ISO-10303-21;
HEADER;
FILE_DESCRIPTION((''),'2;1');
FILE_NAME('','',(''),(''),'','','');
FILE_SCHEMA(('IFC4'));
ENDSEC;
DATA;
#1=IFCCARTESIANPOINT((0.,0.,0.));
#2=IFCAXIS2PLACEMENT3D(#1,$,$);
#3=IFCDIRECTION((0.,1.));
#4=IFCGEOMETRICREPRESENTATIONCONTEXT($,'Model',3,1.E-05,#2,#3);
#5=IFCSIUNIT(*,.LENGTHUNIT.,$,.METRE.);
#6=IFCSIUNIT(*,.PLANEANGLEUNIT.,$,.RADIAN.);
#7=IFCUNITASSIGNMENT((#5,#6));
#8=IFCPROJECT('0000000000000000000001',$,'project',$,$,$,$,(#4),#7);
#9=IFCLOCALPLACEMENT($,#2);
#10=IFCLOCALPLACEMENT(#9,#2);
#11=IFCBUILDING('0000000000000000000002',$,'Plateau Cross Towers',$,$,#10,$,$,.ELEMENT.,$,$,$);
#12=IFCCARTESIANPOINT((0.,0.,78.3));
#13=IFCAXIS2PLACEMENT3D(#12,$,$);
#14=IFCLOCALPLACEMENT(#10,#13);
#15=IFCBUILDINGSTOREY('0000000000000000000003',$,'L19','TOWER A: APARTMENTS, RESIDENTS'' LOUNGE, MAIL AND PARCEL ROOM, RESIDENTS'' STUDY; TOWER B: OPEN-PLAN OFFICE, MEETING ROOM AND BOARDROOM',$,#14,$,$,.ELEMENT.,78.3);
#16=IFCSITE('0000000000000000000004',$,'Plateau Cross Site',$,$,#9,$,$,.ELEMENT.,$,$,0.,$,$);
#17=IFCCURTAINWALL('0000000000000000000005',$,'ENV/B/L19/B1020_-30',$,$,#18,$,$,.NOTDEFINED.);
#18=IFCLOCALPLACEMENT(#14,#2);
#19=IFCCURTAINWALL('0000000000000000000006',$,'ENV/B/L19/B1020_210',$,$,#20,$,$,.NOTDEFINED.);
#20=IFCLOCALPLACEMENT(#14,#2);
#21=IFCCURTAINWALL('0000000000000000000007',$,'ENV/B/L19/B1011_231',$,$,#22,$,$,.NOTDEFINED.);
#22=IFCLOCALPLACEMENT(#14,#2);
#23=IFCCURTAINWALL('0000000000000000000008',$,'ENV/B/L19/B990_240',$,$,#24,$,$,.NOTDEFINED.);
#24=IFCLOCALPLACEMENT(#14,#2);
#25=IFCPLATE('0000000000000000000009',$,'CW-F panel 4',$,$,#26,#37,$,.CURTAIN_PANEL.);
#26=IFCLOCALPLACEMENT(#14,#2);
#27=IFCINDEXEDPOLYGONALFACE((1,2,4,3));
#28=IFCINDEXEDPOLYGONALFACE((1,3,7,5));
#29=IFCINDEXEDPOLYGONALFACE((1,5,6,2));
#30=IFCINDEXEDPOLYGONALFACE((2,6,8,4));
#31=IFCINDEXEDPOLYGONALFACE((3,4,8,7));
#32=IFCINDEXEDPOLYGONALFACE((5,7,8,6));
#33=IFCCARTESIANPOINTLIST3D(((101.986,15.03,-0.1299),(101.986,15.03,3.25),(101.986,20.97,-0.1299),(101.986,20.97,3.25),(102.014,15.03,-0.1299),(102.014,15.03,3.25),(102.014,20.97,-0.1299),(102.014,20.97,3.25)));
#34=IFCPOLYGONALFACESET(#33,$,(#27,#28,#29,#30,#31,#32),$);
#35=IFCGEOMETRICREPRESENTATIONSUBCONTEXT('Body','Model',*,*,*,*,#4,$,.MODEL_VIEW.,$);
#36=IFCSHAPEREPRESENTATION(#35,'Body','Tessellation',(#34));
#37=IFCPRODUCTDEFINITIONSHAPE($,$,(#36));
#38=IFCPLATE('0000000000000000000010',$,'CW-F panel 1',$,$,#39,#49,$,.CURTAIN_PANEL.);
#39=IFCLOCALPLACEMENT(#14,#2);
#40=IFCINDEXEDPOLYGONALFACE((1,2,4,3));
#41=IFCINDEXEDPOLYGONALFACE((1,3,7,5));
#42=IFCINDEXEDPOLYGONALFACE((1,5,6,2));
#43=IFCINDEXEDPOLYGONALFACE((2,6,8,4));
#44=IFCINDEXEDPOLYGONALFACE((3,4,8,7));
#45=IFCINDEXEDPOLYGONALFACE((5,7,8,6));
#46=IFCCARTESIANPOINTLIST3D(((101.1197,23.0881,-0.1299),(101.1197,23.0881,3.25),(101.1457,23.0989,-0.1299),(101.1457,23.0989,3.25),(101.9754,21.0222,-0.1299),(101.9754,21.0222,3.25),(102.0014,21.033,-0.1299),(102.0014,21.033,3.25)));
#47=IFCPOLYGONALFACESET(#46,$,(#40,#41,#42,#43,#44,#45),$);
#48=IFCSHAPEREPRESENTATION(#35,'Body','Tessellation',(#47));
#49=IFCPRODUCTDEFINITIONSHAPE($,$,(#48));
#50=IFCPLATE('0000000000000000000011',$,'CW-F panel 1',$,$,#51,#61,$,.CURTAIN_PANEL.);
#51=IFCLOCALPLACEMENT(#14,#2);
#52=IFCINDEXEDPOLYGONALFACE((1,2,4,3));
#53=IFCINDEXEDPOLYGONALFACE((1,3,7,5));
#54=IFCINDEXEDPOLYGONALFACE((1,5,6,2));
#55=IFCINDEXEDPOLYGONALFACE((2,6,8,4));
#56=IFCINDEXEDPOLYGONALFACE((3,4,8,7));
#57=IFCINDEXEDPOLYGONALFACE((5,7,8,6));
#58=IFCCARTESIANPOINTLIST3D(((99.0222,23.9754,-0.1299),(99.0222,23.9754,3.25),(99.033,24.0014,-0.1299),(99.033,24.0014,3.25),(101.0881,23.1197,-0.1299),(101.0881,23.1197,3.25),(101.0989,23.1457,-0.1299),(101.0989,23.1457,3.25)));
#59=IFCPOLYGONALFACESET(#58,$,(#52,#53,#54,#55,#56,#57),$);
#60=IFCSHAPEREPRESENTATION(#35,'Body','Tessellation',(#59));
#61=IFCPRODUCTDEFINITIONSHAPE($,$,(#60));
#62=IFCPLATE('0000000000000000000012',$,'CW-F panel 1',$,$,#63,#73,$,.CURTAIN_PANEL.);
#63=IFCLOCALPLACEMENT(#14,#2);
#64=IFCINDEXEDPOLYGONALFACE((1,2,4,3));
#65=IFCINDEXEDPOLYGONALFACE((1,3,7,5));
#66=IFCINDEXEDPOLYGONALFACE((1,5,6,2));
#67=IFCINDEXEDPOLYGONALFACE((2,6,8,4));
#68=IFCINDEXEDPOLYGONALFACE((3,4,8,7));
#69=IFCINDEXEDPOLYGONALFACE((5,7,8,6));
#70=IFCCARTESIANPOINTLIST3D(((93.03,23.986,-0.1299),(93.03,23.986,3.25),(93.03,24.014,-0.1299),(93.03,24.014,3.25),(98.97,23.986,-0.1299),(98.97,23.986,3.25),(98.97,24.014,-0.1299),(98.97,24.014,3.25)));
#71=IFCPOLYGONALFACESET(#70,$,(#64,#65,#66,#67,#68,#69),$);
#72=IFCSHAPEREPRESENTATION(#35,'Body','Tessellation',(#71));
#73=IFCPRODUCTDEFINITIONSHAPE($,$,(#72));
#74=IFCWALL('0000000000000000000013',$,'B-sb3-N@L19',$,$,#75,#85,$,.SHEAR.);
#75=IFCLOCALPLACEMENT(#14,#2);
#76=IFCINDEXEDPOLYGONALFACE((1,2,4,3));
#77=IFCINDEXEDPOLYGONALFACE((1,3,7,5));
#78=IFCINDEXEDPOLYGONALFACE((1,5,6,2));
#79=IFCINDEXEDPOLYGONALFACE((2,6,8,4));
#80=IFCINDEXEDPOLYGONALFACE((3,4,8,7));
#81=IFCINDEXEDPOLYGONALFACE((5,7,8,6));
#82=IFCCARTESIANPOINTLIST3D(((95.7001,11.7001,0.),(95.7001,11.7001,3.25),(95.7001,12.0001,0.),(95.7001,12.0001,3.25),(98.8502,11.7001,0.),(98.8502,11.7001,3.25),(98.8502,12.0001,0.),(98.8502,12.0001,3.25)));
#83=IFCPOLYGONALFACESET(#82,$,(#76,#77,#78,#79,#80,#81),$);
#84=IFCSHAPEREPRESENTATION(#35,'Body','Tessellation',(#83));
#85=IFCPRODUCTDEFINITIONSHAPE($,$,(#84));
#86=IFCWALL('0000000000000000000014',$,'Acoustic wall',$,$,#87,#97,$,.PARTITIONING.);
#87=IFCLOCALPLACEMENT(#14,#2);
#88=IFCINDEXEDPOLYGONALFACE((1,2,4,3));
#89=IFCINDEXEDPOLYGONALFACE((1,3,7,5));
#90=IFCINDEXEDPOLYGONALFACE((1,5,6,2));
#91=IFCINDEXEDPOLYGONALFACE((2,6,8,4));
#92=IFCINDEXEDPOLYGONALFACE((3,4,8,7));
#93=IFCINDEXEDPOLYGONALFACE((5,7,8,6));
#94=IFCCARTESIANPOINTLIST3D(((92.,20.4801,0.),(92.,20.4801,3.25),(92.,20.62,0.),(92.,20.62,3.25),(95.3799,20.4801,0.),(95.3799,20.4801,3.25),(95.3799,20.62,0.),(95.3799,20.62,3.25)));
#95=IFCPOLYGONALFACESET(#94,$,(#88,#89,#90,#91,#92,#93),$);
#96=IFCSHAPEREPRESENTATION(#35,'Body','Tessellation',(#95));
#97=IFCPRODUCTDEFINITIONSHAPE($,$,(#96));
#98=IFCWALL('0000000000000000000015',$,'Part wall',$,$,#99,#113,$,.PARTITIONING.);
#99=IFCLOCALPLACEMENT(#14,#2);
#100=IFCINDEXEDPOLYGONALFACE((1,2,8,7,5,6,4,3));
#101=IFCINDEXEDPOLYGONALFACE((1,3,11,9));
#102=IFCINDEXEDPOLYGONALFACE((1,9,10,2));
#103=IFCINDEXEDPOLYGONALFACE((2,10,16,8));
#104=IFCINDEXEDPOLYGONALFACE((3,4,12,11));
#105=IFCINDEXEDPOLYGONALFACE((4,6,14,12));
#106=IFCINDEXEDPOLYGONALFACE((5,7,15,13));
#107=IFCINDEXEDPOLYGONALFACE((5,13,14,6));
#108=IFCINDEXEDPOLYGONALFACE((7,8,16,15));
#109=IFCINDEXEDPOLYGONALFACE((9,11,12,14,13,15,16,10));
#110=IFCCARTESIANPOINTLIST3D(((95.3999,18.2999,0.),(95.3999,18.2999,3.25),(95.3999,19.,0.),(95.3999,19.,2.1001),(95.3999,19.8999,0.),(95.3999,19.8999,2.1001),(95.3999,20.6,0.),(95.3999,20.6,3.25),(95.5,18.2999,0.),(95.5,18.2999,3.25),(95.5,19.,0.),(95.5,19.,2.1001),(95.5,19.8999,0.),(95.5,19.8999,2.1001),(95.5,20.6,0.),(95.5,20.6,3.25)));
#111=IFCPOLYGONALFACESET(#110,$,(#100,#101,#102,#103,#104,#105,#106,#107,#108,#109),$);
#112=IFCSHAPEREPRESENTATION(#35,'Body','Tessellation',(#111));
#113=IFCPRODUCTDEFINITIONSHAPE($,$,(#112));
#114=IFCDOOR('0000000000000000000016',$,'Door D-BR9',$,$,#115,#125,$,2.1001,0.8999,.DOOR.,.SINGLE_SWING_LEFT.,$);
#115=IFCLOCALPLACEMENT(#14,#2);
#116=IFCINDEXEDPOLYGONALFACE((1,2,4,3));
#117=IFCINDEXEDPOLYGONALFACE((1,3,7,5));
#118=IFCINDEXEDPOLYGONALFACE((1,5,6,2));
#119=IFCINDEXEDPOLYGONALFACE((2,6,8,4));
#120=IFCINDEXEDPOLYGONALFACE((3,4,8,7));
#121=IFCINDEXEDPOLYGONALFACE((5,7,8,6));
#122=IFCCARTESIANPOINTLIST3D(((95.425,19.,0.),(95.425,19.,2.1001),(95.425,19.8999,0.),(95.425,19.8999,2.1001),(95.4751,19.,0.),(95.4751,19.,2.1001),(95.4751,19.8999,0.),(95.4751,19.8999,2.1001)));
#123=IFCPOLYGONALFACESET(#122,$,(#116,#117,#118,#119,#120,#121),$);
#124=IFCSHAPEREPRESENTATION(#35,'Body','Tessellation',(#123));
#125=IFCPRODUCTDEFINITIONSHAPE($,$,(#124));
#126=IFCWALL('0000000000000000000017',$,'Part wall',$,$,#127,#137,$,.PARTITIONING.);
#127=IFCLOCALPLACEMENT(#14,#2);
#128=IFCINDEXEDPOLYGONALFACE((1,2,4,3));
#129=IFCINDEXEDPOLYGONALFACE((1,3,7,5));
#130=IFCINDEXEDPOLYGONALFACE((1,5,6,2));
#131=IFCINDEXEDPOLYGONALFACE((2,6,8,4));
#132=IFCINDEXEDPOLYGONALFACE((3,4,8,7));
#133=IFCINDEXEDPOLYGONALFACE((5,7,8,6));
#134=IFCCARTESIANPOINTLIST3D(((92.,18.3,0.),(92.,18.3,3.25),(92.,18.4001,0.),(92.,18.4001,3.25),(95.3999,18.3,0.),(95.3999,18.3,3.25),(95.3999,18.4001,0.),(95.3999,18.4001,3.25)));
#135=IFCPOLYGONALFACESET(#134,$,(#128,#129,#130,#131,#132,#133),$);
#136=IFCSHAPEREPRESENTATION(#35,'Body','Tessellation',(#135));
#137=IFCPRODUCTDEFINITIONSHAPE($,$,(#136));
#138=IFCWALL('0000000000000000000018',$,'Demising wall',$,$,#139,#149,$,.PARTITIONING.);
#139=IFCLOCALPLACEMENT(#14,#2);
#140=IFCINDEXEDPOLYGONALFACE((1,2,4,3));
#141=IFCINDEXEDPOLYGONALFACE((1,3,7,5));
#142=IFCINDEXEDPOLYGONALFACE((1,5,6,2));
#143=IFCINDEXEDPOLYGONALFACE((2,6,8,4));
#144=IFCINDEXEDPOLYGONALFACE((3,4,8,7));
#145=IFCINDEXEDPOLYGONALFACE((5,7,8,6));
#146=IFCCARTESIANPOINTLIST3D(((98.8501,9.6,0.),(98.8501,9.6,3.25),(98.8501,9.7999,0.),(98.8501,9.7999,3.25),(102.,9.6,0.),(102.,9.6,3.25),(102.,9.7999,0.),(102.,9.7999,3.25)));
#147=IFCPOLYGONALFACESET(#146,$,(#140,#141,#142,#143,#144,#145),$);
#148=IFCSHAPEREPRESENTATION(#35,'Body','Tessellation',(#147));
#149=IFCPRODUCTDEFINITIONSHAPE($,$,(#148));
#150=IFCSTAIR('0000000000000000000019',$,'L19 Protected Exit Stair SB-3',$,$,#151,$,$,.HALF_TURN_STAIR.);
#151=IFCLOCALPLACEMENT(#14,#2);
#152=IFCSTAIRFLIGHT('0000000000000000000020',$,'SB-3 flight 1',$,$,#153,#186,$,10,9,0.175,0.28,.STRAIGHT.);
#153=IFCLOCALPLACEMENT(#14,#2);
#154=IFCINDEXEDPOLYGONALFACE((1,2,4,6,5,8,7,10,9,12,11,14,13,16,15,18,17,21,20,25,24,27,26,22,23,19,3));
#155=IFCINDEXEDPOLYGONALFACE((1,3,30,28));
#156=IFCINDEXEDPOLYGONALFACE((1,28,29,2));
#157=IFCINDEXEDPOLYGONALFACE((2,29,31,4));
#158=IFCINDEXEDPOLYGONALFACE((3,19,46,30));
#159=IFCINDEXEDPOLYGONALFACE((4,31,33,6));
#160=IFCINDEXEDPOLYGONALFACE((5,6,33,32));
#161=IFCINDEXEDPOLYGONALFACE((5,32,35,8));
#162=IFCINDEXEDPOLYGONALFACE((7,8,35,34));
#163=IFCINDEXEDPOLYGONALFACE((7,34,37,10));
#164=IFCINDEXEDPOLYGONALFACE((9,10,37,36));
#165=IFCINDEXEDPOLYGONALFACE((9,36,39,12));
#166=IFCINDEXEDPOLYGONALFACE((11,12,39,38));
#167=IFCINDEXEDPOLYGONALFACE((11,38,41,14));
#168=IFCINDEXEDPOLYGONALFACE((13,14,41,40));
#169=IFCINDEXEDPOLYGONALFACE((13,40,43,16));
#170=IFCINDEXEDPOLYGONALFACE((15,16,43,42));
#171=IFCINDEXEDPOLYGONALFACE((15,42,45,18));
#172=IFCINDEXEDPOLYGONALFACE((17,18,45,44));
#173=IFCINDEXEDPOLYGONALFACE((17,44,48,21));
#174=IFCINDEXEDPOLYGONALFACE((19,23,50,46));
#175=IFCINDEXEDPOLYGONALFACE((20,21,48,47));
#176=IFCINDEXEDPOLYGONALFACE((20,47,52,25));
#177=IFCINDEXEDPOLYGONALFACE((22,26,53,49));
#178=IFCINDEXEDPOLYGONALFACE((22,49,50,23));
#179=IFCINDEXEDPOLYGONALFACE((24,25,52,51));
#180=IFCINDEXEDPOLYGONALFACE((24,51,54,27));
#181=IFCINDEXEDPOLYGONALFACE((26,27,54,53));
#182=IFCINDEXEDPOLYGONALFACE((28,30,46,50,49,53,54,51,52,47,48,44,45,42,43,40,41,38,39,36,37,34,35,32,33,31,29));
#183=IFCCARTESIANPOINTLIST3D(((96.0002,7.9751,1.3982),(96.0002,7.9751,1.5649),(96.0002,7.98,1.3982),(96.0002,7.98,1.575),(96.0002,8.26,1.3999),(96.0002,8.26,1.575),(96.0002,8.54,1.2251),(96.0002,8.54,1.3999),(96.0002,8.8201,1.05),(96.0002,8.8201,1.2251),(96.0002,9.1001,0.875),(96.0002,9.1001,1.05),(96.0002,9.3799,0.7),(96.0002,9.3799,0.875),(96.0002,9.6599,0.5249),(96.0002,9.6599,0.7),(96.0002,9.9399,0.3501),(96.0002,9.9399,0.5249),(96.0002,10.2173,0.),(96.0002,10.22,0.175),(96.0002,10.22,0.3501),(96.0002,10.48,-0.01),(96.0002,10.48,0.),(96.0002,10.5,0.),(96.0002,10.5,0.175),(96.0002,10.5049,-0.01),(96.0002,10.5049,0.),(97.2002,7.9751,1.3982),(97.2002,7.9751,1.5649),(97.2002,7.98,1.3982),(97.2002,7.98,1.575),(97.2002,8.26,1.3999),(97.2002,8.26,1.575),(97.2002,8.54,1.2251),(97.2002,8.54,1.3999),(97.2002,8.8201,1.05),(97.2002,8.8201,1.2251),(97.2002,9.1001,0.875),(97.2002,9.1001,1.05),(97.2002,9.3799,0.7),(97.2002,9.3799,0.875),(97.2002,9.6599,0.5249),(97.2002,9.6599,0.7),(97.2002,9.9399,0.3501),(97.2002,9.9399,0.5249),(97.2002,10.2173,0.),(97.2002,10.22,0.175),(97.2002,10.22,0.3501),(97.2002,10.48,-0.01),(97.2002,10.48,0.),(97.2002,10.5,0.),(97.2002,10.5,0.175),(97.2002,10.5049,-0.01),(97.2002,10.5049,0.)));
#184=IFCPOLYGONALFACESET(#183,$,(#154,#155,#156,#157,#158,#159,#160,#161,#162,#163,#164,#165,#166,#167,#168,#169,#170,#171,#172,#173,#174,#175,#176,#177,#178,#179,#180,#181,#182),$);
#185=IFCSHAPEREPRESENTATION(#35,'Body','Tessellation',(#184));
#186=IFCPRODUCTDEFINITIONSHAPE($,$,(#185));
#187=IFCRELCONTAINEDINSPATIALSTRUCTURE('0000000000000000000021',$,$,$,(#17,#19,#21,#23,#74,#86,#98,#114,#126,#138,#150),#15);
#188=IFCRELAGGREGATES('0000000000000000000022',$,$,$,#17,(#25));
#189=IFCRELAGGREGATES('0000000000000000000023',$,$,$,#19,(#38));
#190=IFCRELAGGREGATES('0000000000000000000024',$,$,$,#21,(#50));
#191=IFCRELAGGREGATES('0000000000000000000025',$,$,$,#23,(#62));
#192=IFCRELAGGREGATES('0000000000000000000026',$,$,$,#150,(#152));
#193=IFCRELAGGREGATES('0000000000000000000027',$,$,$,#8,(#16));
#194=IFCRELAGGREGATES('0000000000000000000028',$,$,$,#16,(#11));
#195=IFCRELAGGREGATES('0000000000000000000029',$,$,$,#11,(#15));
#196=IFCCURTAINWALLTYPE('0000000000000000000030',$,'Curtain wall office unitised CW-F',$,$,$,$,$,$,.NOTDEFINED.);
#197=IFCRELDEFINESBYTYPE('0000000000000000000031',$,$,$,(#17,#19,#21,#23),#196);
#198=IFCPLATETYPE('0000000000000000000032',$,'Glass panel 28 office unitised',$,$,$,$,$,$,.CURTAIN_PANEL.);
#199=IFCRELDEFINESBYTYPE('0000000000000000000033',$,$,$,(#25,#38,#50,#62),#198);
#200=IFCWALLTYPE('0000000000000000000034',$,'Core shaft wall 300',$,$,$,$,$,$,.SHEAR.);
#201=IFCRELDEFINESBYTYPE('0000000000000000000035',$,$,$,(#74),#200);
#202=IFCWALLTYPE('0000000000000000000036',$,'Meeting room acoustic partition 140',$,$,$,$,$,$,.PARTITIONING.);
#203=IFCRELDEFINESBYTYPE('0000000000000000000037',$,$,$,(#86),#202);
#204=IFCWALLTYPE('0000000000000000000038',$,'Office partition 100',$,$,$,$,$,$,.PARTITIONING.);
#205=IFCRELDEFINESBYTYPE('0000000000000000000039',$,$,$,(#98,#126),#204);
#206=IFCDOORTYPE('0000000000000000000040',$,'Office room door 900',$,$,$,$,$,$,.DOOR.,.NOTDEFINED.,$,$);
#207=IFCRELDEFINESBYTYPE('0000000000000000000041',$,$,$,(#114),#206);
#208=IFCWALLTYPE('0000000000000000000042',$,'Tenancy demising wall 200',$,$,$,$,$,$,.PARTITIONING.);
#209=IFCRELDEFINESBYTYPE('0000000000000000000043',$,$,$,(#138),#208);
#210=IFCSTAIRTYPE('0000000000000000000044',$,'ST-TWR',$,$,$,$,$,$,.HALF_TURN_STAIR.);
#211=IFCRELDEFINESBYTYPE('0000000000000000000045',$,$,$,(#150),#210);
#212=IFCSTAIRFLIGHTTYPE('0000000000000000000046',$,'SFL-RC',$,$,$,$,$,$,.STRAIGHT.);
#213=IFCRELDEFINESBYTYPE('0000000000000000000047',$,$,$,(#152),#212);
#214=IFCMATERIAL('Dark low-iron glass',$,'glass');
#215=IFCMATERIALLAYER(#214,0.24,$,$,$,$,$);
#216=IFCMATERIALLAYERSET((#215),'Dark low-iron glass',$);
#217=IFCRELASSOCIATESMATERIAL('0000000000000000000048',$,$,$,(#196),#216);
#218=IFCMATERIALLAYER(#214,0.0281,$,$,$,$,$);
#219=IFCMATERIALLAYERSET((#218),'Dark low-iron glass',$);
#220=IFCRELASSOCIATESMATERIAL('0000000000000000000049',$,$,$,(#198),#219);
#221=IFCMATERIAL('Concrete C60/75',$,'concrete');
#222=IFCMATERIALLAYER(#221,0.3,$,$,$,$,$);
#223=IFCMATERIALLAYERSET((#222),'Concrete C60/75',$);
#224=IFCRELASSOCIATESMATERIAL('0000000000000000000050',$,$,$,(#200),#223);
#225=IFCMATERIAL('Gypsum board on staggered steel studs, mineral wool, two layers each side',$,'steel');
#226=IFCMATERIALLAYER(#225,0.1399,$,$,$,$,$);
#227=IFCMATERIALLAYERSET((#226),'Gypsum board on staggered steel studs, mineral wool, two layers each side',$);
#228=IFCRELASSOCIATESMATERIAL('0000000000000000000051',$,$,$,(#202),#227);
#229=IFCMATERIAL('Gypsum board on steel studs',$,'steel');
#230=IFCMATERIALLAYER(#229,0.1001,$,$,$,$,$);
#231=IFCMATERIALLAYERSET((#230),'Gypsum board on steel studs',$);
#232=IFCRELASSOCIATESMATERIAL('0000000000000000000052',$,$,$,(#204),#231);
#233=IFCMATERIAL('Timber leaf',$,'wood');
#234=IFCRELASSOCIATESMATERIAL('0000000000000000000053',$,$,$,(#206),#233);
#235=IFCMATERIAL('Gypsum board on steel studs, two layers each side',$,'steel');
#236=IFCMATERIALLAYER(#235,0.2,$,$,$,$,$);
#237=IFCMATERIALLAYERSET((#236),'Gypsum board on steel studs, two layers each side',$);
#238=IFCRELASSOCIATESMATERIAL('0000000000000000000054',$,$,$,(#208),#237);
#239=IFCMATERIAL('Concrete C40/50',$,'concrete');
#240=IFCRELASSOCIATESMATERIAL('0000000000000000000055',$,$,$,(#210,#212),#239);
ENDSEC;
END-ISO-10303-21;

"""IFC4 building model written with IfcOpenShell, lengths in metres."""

from ifc_helpers import new_model, si_unit, direction, frame, frame_2d, origin, origin_2d, place, context, subcontext, project, spatial, polyline, rectangle, outline, extrude, material, layer, layer_set, type_object, element, fill, aggregate, save


model = new_model("IFC4")

# Units and contexts
model_context = context("Model", 3, precision=1e-05, world=origin(), true_north=direction((0.0, 1.0)))
body_context = subcontext(model_context, "Body", "Model", "MODEL_VIEW")
ifc_project = project(units=[si_unit("LENGTHUNIT", "METRE"), si_unit("PLANEANGLEUNIT", "RADIAN")], contexts=[model_context])

# Site, building, storey
site_placement = place(None, origin())
site = spatial("IfcSite", under=ifc_project, at=site_placement, Name="Plateau Cross Site", CompositionType="ELEMENT", RefElevation=0.0)
building_placement = place(site_placement, origin())
building = spatial("IfcBuilding", under=site, at=building_placement, Name="Plateau Cross Towers", CompositionType="ELEMENT")
storey_placement = place(building_placement, frame((0.0, 0.0, 78.3)))
storey = spatial("IfcBuildingStorey", under=building, at=storey_placement, Name="L19", Description="TOWER A: APARTMENTS, RESIDENTS' LOUNGE, MAIL AND PARCEL ROOM, RESIDENTS' STUDY; TOWER B: OPEN-PLAN OFFICE, MEETING ROOM AND BOARDROOM", CompositionType="ELEMENT", Elevation=78.3)

# Shared definitions
ifc_material_1 = material(Name="Concrete C60/75", Category="concrete")

# Curtain wall
ifc_material_2 = material(Name="Dark low-iron glass", Category="glass")
ifc_layer_1 = layer(ifc_material_2, 0.24)
ifc_layer_set_1 = layer_set([ifc_layer_1], Name="Dark low-iron glass")
curtain_wall_type = type_object("IfcCurtainWallType", Name="Curtain wall office unitised CW-F", PredefinedType="NOTDEFINED", material=ifc_layer_set_1)
curtain_wall_1_placement = place(storey_placement, origin())
curtain_wall_1 = element("IfcCurtainWall", 1, at=curtain_wall_1_placement, inside=storey, type_object=curtain_wall_type, Name="ENV/B/L19/B1020_-30", PredefinedType="NOTDEFINED")

# Curtain walls
curtain_wall_2_placement = place(storey_placement, origin())
curtain_wall_2 = element("IfcCurtainWall", 2, at=curtain_wall_2_placement, inside=storey, type_object=curtain_wall_type, Name="ENV/B/L19/B1020_210", PredefinedType="NOTDEFINED")
curtain_wall_3_placement = place(storey_placement, origin())
curtain_wall_3 = element("IfcCurtainWall", 3, at=curtain_wall_3_placement, inside=storey, type_object=curtain_wall_type, Name="ENV/B/L19/B1011_231", PredefinedType="NOTDEFINED")

# Curtain wall
curtain_wall_4_placement = place(storey_placement, origin())
curtain_wall_4 = element("IfcCurtainWall", 4, at=curtain_wall_4_placement, inside=storey, type_object=curtain_wall_type, Name="ENV/B/L19/B990_240", PredefinedType="NOTDEFINED")

# Plates
ifc_layer_2 = layer(ifc_material_2, 0.0281)
ifc_layer_set_2 = layer_set([ifc_layer_2], Name="Dark low-iron glass")
plate_type = type_object("IfcPlateType", Name="Glass panel 28 office unitised", PredefinedType="CURTAIN_PANEL", material=ifc_layer_set_2)
plate_1_placement = place(storey_placement, frame((102.0, 18.0, -0.1299), z_axis=(0.0, 0.0, 1.0), x_axis=(0.0, 1.0, 0.0)))
plate_1 = element("IfcPlate", 5, at=plate_1_placement, type_object=plate_type, Name="CW-F panel 4", PredefinedType="CURTAIN_PANEL", context=body_context, shape_type="SweptSolid", body=[
    extrude(rectangle(XDim=5.9399, YDim=0.0281, at=origin_2d()), origin(), (0.0, 0.0, 1.0), 3.3799),
])
aggregate(curtain_wall_1, [plate_1])
plate_2_placement = place(storey_placement, frame((101.5605, 22.0605, -0.1299), z_axis=(0.0, 0.0, 1.0), x_axis=(-0.382684, 0.923879, 0.0)))
plate_2 = element("IfcPlate", 6, at=plate_2_placement, type_object=plate_type, Name="CW-F panel 1", PredefinedType="CURTAIN_PANEL", context=body_context, shape_type="SweptSolid", body=[
    extrude(rectangle(XDim=2.2361, YDim=0.0281, at=origin_2d()), origin(), (0.0, 0.0, 1.0), 3.3799),
])
aggregate(curtain_wall_2, [plate_2])
plate_3_placement = place(storey_placement, frame((100.0605, 23.5605, -0.1299), z_axis=(0.0, 0.0, 1.0), x_axis=(-0.923879, 0.382684, 0.0)))
plate_3 = element("IfcPlate", 7, at=plate_3_placement, type_object=plate_type, Name="CW-F panel 1", PredefinedType="CURTAIN_PANEL", context=body_context, shape_type="SweptSolid", body=[
    extrude(rectangle(XDim=2.2361, YDim=0.0281, at=origin_2d()), origin(), (0.0, 0.0, 1.0), 3.3799),
])
aggregate(curtain_wall_3, [plate_3])
plate_4_placement = place(storey_placement, frame((96.0, 24.0, -0.1299), z_axis=(0.0, 0.0, 1.0), x_axis=(-1.0, 0.0, 0.0)))
plate_4 = element("IfcPlate", 8, at=plate_4_placement, type_object=plate_type, Name="CW-F panel 1", PredefinedType="CURTAIN_PANEL", context=body_context, shape_type="SweptSolid", body=[
    extrude(rectangle(XDim=5.9399, YDim=0.0281, at=origin_2d()), origin(), (0.0, 0.0, 1.0), 3.3799),
])
aggregate(curtain_wall_4, [plate_4])

# Wall
ifc_layer_3 = layer(ifc_material_1, 0.3)
ifc_layer_set_3 = layer_set([ifc_layer_3], Name="Concrete C60/75")
wall_type_1 = type_object("IfcWallType", Name="Core shaft wall 300", PredefinedType="SHEAR", material=ifc_layer_set_3)
wall_1_placement = place(storey_placement, frame((95.7, 11.8501, 0.0), z_axis=(0.0, 0.0, 1.0), x_axis=(1.0, 0.0, 0.0)))
element("IfcWall", 9, at=wall_1_placement, inside=storey, type_object=wall_type_1, Name="B-sb3-N@L19", PredefinedType="SHEAR", context=body_context, shape_type="SweptSolid", body=[
    extrude(rectangle(XDim=3.1501, YDim=0.3, at=frame_2d((1.5752, 0.0))), origin(), (0.0, 0.0, 1.0), 3.25),
])

# Shared definitions
ifc_material_3 = material(Name="Gypsum board on staggered steel studs, mineral wool, two layers each side", Category="steel")
ifc_layer_4 = layer(ifc_material_3, 0.1399)
ifc_layer_set_4 = layer_set([ifc_layer_4], Name="Gypsum board on staggered steel studs, mineral wool, two layers each side")
wall_type_2 = type_object("IfcWallType", Name="Meeting room acoustic partition 140", PredefinedType="PARTITIONING", material=ifc_layer_set_4)

# Wall
wall_2_placement = place(storey_placement, frame((92.0, 20.55, 0.0), z_axis=(0.0, 0.0, 1.0), x_axis=(1.0, 0.0, 0.0)))
element("IfcWall", 10, at=wall_2_placement, inside=storey, type_object=wall_type_2, Name="Acoustic wall", PredefinedType="PARTITIONING", context=body_context, shape_type="SweptSolid", body=[
    extrude(rectangle(XDim=3.3799, YDim=0.1399, at=frame_2d((1.6899, 0.0))), origin(), (0.0, 0.0, 1.0), 3.25),
])

# Wall, opening, door
ifc_material_4 = material(Name="Gypsum board on steel studs", Category="steel")
ifc_layer_5 = layer(ifc_material_4, 0.1001)
ifc_layer_set_5 = layer_set([ifc_layer_5], Name="Gypsum board on steel studs")
wall_type_3 = type_object("IfcWallType", Name="Office partition 100", PredefinedType="PARTITIONING", material=ifc_layer_set_5)
wall_3_placement = place(storey_placement, frame((95.45, 18.3, 0.0), z_axis=(0.0, 0.0, 1.0), x_axis=(0.0, 1.0, 0.0)))
wall_3 = element("IfcWall", 11, at=wall_3_placement, inside=storey, type_object=wall_type_3, Name="Part wall", PredefinedType="PARTITIONING", context=body_context, shape_type="SweptSolid", body=[
    extrude(rectangle(XDim=2.3, YDim=0.1001, at=frame_2d((1.1499, 0.0))), origin(), (0.0, 0.0, 1.0), 3.25),
])
opening_1_placement = place(wall_3_placement, frame((0.7, 0.0, 0.0)))
opening_1 = element("IfcOpeningElement", 12, at=opening_1_placement, cuts=wall_3, PredefinedType="OPENING", context=body_context, shape_type="SweptSolid", body=[
    extrude(rectangle(XDim=0.8999, YDim=2.1001, at=frame_2d((0.45, 1.05))), frame((0.0, 0.0601, 0.0), z_axis=(0.0, -1.0, 0.0), x_axis=(1.0, 0.0, 0.0)), (0.0, 0.0, 1.0), 0.1201),
])
ifc_material_5 = material(Name="Timber leaf", Category="wood")
door_type_1 = type_object("IfcDoorType", Name="Office room door 900", OperationType="NOTDEFINED", PredefinedType="DOOR", material=ifc_material_5)
door_1_placement = place(opening_1_placement, origin())
door_1 = element("IfcDoor", 13, at=door_1_placement, inside=storey, type_object=door_type_1, Name="Door D-BR9", OperationType="SINGLE_SWING_LEFT", OverallHeight=2.1001, OverallWidth=0.8999, PredefinedType="DOOR", context=body_context, shape_type="SweptSolid", body=[
    extrude(rectangle(XDim=0.8999, YDim=2.1001, at=frame_2d((0.45, 1.05))), frame((0.0, 0.0249, 0.0), z_axis=(0.0, -1.0, 0.0), x_axis=(1.0, 0.0, 0.0)), (0.0, 0.0, 1.0), 0.05),
])
fill(opening_1, door_1)

# Walls
wall_4_placement = place(storey_placement, frame((92.0, 18.3501, 0.0), z_axis=(0.0, 0.0, 1.0), x_axis=(1.0, 0.0, 0.0)))
element("IfcWall", 14, at=wall_4_placement, inside=storey, type_object=wall_type_3, Name="Part wall", PredefinedType="PARTITIONING", context=body_context, shape_type="SweptSolid", body=[
    extrude(rectangle(XDim=3.3999, YDim=0.1001, at=frame_2d((1.7, 0.0))), origin(), (0.0, 0.0, 1.0), 3.25),
])
ifc_material_6 = material(Name="Gypsum board on steel studs, two layers each side", Category="steel")
ifc_layer_6 = layer(ifc_material_6, 0.2)
ifc_layer_set_6 = layer_set([ifc_layer_6], Name="Gypsum board on steel studs, two layers each side")
wall_type_4 = type_object("IfcWallType", Name="Tenancy demising wall 200", PredefinedType="PARTITIONING", material=ifc_layer_set_6)
wall_5_placement = place(storey_placement, frame((98.8501, 9.7, 0.0), z_axis=(0.0, 0.0, 1.0), x_axis=(1.0, 0.0, 0.0)))
element("IfcWall", 15, at=wall_5_placement, inside=storey, type_object=wall_type_4, Name="Demising wall", PredefinedType="PARTITIONING", context=body_context, shape_type="SweptSolid", body=[
    extrude(rectangle(XDim=3.1499, YDim=0.2, at=frame_2d((1.575, 0.0))), origin(), (0.0, 0.0, 1.0), 3.25),
])

# Stair, stair flight
ifc_material_7 = material(Name="Concrete C40/50", Category="concrete")
stair_type = type_object("IfcStairType", Name="ST-TWR", PredefinedType="HALF_TURN_STAIR", material=ifc_material_7)
stair_placement = place(storey_placement, origin())
stair = element("IfcStair", 16, at=stair_placement, inside=storey, type_object=stair_type, Name="L19 Protected Exit Stair SB-3", PredefinedType="HALF_TURN_STAIR")
stair_flight_type = type_object("IfcStairFlightType", Name="SFL-RC", PredefinedType="STRAIGHT", material=ifc_material_7)
stair_flight_1_placement = place(storey_placement, frame((96.6001, 10.5, 0.0), z_axis=(0.0, 0.0, 1.0), x_axis=(0.0, -1.0, 0.0)))
stair_flight_1 = element("IfcStairFlight", 17, at=stair_flight_1_placement, type_object=stair_flight_type, Name="SB-3 flight 1", NumberOfRisers=10, NumberOfTreads=9, PredefinedType="STRAIGHT", RiserHeight=0.175, TreadLength=0.28, context=body_context, shape_type="SweptSolid", body=[
    extrude(outline(polyline([(-0.0049, -0.01), (-0.0049, 0.0), (0.0, 0.0), (0.0, 0.175), (0.28, 0.175), (0.28, 0.3501), (0.5601, 0.3501), (0.5601, 0.5249), (0.8401, 0.5249), (0.8401, 0.7), (1.1201, 0.7), (1.1201, 0.875), (1.3999, 0.875), (1.3999, 1.05), (1.6799, 1.05), (1.6799, 1.2251), (1.96, 1.2251), (1.96, 1.3999), (2.24, 1.3999), (2.24, 1.575), (2.52, 1.575), (2.5249, 1.5649), (2.5249, 1.3982), (2.52, 1.3982), (0.2827, 0.0), (0.02, 0.0), (0.02, -0.01), (-0.0049, -0.01)])), frame((0.0, 0.6001, 0.0), z_axis=(0.0, -1.0, 0.0), x_axis=(1.0, 0.0, 0.0)), (0.0, 0.0, 1.0), 1.2),
])
aggregate(stair, [stair_flight_1])

save(model, "model.ifc")
